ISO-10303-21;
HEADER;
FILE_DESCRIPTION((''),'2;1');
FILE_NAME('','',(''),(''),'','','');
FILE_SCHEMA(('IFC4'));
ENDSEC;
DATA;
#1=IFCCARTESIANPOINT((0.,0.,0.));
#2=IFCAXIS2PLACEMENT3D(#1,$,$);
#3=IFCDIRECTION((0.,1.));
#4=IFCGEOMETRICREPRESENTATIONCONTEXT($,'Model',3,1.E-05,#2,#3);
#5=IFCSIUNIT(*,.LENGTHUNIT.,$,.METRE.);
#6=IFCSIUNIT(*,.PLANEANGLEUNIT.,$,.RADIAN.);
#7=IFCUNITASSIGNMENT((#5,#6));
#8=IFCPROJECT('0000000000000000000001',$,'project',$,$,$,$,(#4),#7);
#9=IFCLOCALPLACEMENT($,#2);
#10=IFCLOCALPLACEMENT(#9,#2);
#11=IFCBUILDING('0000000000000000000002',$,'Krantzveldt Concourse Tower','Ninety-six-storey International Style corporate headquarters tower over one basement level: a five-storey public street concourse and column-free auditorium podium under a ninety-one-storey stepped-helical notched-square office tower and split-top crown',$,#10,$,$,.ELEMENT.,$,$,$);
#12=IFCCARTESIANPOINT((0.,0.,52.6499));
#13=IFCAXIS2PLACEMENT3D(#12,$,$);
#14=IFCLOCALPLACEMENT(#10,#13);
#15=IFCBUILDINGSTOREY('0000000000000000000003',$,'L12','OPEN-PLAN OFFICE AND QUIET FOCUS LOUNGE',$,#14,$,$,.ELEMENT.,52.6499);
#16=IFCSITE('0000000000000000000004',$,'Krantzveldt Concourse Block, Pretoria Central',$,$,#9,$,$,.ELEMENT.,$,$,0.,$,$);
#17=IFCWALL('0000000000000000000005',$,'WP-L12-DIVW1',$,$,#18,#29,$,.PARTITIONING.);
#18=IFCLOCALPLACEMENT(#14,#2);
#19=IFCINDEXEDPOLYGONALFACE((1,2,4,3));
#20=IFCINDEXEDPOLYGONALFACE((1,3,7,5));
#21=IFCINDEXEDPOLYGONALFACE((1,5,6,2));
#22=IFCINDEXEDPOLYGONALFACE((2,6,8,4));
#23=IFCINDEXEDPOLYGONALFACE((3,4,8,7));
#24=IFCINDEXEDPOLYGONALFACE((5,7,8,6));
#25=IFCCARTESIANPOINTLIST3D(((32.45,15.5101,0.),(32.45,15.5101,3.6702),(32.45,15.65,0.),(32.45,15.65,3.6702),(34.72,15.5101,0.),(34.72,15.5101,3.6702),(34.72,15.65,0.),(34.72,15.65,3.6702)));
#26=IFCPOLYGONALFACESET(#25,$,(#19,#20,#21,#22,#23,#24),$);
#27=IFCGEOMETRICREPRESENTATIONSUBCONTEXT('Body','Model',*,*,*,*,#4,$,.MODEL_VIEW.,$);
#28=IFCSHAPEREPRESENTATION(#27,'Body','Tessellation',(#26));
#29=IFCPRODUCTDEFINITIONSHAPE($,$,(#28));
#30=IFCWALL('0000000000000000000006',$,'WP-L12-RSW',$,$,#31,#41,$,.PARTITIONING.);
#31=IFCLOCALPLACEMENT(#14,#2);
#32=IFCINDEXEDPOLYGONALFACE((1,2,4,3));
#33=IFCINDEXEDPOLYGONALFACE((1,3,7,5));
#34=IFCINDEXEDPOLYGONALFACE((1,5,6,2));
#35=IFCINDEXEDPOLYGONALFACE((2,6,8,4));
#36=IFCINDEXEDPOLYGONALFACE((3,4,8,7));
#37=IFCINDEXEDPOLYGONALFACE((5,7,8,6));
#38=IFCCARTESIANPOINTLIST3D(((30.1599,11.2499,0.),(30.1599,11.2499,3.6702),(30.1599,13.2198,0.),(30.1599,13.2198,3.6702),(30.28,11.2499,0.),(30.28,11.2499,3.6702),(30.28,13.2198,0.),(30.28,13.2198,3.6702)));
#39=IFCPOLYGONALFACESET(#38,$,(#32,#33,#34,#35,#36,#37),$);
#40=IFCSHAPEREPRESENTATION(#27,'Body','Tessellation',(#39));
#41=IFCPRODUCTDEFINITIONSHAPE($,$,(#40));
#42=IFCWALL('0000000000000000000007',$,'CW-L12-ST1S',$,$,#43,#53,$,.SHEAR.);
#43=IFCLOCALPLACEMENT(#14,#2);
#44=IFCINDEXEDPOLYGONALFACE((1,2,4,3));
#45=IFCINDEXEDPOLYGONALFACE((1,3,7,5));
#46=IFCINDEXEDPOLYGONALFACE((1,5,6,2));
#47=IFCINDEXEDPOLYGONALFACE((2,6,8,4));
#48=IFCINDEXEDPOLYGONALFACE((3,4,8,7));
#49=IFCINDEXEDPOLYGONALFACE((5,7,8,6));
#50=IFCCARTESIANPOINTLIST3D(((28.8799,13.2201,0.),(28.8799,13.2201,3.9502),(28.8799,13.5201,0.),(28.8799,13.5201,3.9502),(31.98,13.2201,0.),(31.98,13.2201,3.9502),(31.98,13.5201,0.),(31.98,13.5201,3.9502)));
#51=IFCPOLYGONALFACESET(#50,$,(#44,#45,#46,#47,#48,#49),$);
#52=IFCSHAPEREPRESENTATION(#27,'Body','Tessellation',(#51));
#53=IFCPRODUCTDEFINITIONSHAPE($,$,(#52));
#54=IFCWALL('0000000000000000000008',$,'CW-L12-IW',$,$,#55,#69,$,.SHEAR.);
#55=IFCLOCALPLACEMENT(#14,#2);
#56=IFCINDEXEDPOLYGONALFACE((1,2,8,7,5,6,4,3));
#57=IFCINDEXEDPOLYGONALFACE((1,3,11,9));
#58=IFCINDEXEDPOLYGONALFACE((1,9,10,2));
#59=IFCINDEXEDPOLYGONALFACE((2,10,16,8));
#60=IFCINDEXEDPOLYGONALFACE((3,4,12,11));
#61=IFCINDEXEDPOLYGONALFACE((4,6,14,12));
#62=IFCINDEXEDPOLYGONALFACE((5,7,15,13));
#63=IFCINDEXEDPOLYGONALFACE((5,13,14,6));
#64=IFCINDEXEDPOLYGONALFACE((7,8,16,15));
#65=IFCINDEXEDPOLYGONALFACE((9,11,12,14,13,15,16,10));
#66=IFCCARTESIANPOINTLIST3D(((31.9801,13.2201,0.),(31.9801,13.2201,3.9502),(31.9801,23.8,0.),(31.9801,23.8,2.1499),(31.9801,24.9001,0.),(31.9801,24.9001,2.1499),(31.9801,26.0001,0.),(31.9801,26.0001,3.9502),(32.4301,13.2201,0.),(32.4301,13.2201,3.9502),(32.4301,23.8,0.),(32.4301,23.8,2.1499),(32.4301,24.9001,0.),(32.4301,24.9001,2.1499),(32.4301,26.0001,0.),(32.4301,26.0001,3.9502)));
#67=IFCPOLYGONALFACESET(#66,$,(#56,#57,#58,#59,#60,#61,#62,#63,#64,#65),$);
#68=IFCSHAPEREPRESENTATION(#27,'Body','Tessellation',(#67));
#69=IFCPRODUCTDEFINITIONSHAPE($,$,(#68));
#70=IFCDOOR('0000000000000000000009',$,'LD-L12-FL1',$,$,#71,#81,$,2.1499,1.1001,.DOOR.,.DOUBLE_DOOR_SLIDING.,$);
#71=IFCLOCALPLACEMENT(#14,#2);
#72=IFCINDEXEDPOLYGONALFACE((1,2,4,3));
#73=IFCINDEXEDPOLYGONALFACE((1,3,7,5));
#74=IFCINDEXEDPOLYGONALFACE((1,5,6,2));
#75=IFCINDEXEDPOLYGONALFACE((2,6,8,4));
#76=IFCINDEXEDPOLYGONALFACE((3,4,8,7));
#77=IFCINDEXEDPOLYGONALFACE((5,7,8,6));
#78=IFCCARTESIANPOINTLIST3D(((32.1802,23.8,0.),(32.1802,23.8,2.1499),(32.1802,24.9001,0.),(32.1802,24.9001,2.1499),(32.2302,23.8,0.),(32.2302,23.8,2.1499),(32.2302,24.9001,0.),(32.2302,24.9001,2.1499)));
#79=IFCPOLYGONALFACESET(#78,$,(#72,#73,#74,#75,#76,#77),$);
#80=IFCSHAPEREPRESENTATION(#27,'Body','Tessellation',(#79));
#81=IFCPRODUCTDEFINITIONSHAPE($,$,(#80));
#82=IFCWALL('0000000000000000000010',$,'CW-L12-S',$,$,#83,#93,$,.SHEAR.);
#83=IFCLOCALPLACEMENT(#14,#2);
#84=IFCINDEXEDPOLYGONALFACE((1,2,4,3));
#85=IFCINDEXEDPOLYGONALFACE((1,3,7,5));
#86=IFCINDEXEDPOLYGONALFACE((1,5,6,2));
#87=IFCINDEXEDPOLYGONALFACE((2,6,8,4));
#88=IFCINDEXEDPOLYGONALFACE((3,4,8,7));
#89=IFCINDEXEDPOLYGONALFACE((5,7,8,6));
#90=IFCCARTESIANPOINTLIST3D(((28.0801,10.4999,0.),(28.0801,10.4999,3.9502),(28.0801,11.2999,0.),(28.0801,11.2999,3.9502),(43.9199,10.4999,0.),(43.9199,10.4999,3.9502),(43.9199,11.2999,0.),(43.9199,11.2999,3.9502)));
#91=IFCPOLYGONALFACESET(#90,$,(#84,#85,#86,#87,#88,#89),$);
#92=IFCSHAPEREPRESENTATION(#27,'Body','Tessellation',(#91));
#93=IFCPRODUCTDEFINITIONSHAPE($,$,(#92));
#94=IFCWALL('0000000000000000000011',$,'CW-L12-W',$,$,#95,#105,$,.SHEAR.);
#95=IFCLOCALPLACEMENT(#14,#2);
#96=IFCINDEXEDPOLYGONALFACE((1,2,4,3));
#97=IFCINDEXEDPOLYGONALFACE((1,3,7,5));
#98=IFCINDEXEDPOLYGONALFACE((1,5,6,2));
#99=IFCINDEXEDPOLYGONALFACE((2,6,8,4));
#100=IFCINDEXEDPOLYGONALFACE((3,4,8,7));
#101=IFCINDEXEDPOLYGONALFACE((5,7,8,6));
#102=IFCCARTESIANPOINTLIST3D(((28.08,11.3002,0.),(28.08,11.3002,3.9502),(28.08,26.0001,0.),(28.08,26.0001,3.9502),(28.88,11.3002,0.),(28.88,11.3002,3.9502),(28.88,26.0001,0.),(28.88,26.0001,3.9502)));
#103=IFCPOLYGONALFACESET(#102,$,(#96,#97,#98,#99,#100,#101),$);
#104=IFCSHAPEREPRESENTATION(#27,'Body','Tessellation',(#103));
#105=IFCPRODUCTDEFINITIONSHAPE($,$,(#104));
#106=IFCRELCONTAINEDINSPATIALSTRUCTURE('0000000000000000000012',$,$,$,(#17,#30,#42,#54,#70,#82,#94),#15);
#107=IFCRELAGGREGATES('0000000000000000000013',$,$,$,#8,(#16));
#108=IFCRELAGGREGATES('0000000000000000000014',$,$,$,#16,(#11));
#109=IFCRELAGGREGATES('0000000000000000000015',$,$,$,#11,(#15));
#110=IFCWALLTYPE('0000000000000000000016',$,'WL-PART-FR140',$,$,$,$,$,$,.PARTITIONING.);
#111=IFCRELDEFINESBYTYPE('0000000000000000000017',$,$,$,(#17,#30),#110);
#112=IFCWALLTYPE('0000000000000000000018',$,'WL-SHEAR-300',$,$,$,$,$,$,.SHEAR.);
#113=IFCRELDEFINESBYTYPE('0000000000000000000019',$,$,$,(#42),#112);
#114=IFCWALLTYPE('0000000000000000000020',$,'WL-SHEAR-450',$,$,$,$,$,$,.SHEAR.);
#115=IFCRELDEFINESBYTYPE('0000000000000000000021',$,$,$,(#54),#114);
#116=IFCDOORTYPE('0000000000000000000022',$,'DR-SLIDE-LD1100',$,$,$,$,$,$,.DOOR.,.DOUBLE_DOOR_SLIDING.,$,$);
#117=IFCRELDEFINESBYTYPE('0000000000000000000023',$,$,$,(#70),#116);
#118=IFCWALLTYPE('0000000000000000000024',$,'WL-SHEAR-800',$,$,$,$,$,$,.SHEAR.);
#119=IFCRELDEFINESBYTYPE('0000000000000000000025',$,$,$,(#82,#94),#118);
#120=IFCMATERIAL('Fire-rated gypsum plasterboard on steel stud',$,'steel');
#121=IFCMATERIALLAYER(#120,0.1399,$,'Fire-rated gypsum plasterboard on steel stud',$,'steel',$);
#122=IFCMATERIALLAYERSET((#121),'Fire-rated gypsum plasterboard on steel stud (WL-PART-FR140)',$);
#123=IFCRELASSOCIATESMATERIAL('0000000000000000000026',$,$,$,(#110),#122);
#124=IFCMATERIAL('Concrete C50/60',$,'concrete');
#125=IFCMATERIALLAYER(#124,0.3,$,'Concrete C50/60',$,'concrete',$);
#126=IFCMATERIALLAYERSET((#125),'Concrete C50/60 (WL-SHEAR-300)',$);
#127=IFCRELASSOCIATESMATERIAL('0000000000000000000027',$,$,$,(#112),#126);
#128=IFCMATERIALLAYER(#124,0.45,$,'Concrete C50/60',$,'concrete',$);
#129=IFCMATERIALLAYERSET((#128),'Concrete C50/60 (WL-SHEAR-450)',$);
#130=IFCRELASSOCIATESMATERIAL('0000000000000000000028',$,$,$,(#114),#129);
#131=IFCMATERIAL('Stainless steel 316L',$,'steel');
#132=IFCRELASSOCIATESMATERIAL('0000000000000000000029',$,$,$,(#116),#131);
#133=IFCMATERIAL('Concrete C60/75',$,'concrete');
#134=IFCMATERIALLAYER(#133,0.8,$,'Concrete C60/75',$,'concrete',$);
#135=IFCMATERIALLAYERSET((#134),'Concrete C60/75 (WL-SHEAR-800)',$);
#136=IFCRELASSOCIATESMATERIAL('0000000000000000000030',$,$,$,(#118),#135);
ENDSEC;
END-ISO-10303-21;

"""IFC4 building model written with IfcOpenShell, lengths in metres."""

from ifc_helpers import new_model, si_unit, direction, frame, frame_2d, origin, place, context, subcontext, project, spatial, rectangle, extrude, material, layer, layer_set, type_object, element, fill, save


model = new_model("IFC4")

# Units and contexts
model_context = context("Model", 3, precision=1e-05, world=origin(), true_north=direction((0.0, 1.0)))
body_context = subcontext(model_context, "Body", "Model", "MODEL_VIEW")
ifc_project = project(units=[si_unit("LENGTHUNIT", "METRE"), si_unit("PLANEANGLEUNIT", "RADIAN")], contexts=[model_context])

# Site, building, storey
site_placement = place(None, origin())
site = spatial("IfcSite", under=ifc_project, at=site_placement, Name="Krantzveldt Concourse Block, Pretoria Central", CompositionType="ELEMENT", RefElevation=0.0)
building_placement = place(site_placement, origin())
building = spatial("IfcBuilding", under=site, at=building_placement, Name="Krantzveldt Concourse Tower", Description="Ninety-six-storey International Style corporate headquarters tower over one basement level: a five-storey public street concourse and column-free auditorium podium under a ninety-one-storey stepped-helical notched-square office tower and split-top crown", CompositionType="ELEMENT")
storey_placement = place(building_placement, frame((0.0, 0.0, 52.6499)))
storey = spatial("IfcBuildingStorey", under=building, at=storey_placement, Name="L12", Description="OPEN-PLAN OFFICE AND QUIET FOCUS LOUNGE", CompositionType="ELEMENT", Elevation=52.6499)

# Shared definitions
ifc_material_1 = material(Name="Concrete C60/75", Category="concrete")

# Shared definitions
ifc_material_2 = material(Name="Fire-rated gypsum plasterboard on steel stud", Category="steel")

# Walls
ifc_layer_1 = layer(ifc_material_2, 0.1399, Name="Fire-rated gypsum plasterboard on steel stud", Category="steel")
ifc_layer_set_1 = layer_set([ifc_layer_1], Name="Fire-rated gypsum plasterboard on steel stud (WL-PART-FR140)")
wall_type_1 = type_object("IfcWallType", Name="WL-PART-FR140", PredefinedType="PARTITIONING", material=ifc_layer_set_1)
wall_1_placement = place(storey_placement, frame((32.45, 15.5801, 0.0), z_axis=(0.0, 0.0, 1.0), x_axis=(1.0, 0.0, 0.0)))
element("IfcWall", 1, at=wall_1_placement, inside=storey, type_object=wall_type_1, Name="WP-L12-DIVW1", PredefinedType="PARTITIONING", context=body_context, shape_type="SweptSolid", body=[
    extrude(rectangle(XDim=2.27, YDim=0.1399, at=frame_2d((1.135, 0.0))), origin(), (0.0, 0.0, 1.0), 3.6702),
])
wall_2_placement = place(storey_placement, frame((30.22, 11.25, 0.0), z_axis=(0.0, 0.0, 1.0), x_axis=(0.0, 1.0, 0.0)))
element("IfcWall", 2, at=wall_2_placement, inside=storey, type_object=wall_type_1, Name="WP-L12-RSW", PredefinedType="PARTITIONING", context=body_context, shape_type="SweptSolid", body=[
    extrude(rectangle(XDim=1.97, YDim=0.1201, at=frame_2d((0.9849, 0.0))), origin(), (0.0, 0.0, 1.0), 3.6702),
])
ifc_material_3 = material(Name="Concrete C50/60", Category="concrete")
ifc_layer_2 = layer(ifc_material_3, 0.3, Name="Concrete C50/60", Category="concrete")
ifc_layer_set_2 = layer_set([ifc_layer_2], Name="Concrete C50/60 (WL-SHEAR-300)")
wall_type_2 = type_object("IfcWallType", Name="WL-SHEAR-300", PredefinedType="SHEAR", material=ifc_layer_set_2)
wall_3_placement = place(storey_placement, frame((28.8799, 13.3701, 0.0), z_axis=(0.0, 0.0, 1.0), x_axis=(1.0, 0.0, 0.0)))
element("IfcWall", 3, at=wall_3_placement, inside=storey, type_object=wall_type_2, Name="CW-L12-ST1S", PredefinedType="SHEAR", context=body_context, shape_type="SweptSolid", body=[
    extrude(rectangle(XDim=3.1001, YDim=0.3, at=frame_2d((1.55, 0.0))), origin(), (0.0, 0.0, 1.0), 3.9502),
])

# Wall, opening, door
ifc_layer_3 = layer(ifc_material_3, 0.45, Name="Concrete C50/60", Category="concrete")
ifc_layer_set_3 = layer_set([ifc_layer_3], Name="Concrete C50/60 (WL-SHEAR-450)")
wall_type_3 = type_object("IfcWallType", Name="WL-SHEAR-450", PredefinedType="SHEAR", material=ifc_layer_set_3)
wall_4_placement = place(storey_placement, frame((32.2051, 13.22, 0.0), z_axis=(0.0, 0.0, 1.0), x_axis=(0.0, 1.0, 0.0)))
wall_4 = element("IfcWall", 4, at=wall_4_placement, inside=storey, type_object=wall_type_3, Name="CW-L12-IW", PredefinedType="SHEAR", context=body_context, shape_type="SweptSolid", body=[
    extrude(rectangle(XDim=12.78, YDim=0.45, at=frame_2d((6.3901, 0.0))), origin(), (0.0, 0.0, 1.0), 3.9502),
])
opening_1_placement = place(wall_4_placement, frame((10.5801, 0.0, 0.0)))
opening_1 = element("IfcOpeningElement", 5, at=opening_1_placement, cuts=wall_4, PredefinedType="OPENING", context=body_context, shape_type="SweptSolid", body=[
    extrude(rectangle(XDim=1.1001, YDim=2.1499, at=frame_2d((0.55, 1.075))), frame((0.0, 0.2349, 0.0), z_axis=(0.0, -1.0, 0.0), x_axis=(1.0, 0.0, 0.0)), (0.0, 0.0, 1.0), 0.47),
])
ifc_material_4 = material(Name="Stainless steel 316L", Category="steel")
door_type_1 = type_object("IfcDoorType", Name="DR-SLIDE-LD1100", OperationType="DOUBLE_DOOR_SLIDING", PredefinedType="DOOR", material=ifc_material_4)
door_1_placement = place(opening_1_placement, origin())
door_1 = element("IfcDoor", 6, at=door_1_placement, inside=storey, type_object=door_type_1, Name="LD-L12-FL1", OperationType="DOUBLE_DOOR_SLIDING", OverallHeight=2.1499, OverallWidth=1.1001, PredefinedType="DOOR", context=body_context, shape_type="SweptSolid", body=[
    extrude(rectangle(XDim=1.1001, YDim=2.1499, at=frame_2d((0.55, 1.075))), frame((0.0, 0.0249, 0.0), z_axis=(0.0, -1.0, 0.0), x_axis=(1.0, 0.0, 0.0)), (0.0, 0.0, 1.0), 0.05),
])
fill(opening_1, door_1)

# Walls
ifc_layer_4 = layer(ifc_material_1, 0.8, Name="Concrete C60/75", Category="concrete")
ifc_layer_set_4 = layer_set([ifc_layer_4], Name="Concrete C60/75 (WL-SHEAR-800)")
wall_type_4 = type_object("IfcWallType", Name="WL-SHEAR-800", PredefinedType="SHEAR", material=ifc_layer_set_4)
wall_5_placement = place(storey_placement, frame((28.0801, 10.8999, 0.0), z_axis=(0.0, 0.0, 1.0), x_axis=(1.0, 0.0, 0.0)))
element("IfcWall", 7, at=wall_5_placement, inside=storey, type_object=wall_type_4, Name="CW-L12-S", PredefinedType="SHEAR", context=body_context, shape_type="SweptSolid", body=[
    extrude(rectangle(XDim=15.8398, YDim=0.8, at=frame_2d((7.9199, 0.0))), origin(), (0.0, 0.0, 1.0), 3.9502),
])
wall_6_placement = place(storey_placement, frame((28.48, 11.3, 0.0), z_axis=(0.0, 0.0, 1.0), x_axis=(0.0, 1.0, 0.0)))
element("IfcWall", 8, at=wall_6_placement, inside=storey, type_object=wall_type_4, Name="CW-L12-W", PredefinedType="SHEAR", context=body_context, shape_type="SweptSolid", body=[
    extrude(rectangle(XDim=14.7, YDim=0.8, at=frame_2d((7.3501, 0.0))), origin(), (0.0, 0.0, 1.0), 3.9502),
])

save(model, "model.ifc")
